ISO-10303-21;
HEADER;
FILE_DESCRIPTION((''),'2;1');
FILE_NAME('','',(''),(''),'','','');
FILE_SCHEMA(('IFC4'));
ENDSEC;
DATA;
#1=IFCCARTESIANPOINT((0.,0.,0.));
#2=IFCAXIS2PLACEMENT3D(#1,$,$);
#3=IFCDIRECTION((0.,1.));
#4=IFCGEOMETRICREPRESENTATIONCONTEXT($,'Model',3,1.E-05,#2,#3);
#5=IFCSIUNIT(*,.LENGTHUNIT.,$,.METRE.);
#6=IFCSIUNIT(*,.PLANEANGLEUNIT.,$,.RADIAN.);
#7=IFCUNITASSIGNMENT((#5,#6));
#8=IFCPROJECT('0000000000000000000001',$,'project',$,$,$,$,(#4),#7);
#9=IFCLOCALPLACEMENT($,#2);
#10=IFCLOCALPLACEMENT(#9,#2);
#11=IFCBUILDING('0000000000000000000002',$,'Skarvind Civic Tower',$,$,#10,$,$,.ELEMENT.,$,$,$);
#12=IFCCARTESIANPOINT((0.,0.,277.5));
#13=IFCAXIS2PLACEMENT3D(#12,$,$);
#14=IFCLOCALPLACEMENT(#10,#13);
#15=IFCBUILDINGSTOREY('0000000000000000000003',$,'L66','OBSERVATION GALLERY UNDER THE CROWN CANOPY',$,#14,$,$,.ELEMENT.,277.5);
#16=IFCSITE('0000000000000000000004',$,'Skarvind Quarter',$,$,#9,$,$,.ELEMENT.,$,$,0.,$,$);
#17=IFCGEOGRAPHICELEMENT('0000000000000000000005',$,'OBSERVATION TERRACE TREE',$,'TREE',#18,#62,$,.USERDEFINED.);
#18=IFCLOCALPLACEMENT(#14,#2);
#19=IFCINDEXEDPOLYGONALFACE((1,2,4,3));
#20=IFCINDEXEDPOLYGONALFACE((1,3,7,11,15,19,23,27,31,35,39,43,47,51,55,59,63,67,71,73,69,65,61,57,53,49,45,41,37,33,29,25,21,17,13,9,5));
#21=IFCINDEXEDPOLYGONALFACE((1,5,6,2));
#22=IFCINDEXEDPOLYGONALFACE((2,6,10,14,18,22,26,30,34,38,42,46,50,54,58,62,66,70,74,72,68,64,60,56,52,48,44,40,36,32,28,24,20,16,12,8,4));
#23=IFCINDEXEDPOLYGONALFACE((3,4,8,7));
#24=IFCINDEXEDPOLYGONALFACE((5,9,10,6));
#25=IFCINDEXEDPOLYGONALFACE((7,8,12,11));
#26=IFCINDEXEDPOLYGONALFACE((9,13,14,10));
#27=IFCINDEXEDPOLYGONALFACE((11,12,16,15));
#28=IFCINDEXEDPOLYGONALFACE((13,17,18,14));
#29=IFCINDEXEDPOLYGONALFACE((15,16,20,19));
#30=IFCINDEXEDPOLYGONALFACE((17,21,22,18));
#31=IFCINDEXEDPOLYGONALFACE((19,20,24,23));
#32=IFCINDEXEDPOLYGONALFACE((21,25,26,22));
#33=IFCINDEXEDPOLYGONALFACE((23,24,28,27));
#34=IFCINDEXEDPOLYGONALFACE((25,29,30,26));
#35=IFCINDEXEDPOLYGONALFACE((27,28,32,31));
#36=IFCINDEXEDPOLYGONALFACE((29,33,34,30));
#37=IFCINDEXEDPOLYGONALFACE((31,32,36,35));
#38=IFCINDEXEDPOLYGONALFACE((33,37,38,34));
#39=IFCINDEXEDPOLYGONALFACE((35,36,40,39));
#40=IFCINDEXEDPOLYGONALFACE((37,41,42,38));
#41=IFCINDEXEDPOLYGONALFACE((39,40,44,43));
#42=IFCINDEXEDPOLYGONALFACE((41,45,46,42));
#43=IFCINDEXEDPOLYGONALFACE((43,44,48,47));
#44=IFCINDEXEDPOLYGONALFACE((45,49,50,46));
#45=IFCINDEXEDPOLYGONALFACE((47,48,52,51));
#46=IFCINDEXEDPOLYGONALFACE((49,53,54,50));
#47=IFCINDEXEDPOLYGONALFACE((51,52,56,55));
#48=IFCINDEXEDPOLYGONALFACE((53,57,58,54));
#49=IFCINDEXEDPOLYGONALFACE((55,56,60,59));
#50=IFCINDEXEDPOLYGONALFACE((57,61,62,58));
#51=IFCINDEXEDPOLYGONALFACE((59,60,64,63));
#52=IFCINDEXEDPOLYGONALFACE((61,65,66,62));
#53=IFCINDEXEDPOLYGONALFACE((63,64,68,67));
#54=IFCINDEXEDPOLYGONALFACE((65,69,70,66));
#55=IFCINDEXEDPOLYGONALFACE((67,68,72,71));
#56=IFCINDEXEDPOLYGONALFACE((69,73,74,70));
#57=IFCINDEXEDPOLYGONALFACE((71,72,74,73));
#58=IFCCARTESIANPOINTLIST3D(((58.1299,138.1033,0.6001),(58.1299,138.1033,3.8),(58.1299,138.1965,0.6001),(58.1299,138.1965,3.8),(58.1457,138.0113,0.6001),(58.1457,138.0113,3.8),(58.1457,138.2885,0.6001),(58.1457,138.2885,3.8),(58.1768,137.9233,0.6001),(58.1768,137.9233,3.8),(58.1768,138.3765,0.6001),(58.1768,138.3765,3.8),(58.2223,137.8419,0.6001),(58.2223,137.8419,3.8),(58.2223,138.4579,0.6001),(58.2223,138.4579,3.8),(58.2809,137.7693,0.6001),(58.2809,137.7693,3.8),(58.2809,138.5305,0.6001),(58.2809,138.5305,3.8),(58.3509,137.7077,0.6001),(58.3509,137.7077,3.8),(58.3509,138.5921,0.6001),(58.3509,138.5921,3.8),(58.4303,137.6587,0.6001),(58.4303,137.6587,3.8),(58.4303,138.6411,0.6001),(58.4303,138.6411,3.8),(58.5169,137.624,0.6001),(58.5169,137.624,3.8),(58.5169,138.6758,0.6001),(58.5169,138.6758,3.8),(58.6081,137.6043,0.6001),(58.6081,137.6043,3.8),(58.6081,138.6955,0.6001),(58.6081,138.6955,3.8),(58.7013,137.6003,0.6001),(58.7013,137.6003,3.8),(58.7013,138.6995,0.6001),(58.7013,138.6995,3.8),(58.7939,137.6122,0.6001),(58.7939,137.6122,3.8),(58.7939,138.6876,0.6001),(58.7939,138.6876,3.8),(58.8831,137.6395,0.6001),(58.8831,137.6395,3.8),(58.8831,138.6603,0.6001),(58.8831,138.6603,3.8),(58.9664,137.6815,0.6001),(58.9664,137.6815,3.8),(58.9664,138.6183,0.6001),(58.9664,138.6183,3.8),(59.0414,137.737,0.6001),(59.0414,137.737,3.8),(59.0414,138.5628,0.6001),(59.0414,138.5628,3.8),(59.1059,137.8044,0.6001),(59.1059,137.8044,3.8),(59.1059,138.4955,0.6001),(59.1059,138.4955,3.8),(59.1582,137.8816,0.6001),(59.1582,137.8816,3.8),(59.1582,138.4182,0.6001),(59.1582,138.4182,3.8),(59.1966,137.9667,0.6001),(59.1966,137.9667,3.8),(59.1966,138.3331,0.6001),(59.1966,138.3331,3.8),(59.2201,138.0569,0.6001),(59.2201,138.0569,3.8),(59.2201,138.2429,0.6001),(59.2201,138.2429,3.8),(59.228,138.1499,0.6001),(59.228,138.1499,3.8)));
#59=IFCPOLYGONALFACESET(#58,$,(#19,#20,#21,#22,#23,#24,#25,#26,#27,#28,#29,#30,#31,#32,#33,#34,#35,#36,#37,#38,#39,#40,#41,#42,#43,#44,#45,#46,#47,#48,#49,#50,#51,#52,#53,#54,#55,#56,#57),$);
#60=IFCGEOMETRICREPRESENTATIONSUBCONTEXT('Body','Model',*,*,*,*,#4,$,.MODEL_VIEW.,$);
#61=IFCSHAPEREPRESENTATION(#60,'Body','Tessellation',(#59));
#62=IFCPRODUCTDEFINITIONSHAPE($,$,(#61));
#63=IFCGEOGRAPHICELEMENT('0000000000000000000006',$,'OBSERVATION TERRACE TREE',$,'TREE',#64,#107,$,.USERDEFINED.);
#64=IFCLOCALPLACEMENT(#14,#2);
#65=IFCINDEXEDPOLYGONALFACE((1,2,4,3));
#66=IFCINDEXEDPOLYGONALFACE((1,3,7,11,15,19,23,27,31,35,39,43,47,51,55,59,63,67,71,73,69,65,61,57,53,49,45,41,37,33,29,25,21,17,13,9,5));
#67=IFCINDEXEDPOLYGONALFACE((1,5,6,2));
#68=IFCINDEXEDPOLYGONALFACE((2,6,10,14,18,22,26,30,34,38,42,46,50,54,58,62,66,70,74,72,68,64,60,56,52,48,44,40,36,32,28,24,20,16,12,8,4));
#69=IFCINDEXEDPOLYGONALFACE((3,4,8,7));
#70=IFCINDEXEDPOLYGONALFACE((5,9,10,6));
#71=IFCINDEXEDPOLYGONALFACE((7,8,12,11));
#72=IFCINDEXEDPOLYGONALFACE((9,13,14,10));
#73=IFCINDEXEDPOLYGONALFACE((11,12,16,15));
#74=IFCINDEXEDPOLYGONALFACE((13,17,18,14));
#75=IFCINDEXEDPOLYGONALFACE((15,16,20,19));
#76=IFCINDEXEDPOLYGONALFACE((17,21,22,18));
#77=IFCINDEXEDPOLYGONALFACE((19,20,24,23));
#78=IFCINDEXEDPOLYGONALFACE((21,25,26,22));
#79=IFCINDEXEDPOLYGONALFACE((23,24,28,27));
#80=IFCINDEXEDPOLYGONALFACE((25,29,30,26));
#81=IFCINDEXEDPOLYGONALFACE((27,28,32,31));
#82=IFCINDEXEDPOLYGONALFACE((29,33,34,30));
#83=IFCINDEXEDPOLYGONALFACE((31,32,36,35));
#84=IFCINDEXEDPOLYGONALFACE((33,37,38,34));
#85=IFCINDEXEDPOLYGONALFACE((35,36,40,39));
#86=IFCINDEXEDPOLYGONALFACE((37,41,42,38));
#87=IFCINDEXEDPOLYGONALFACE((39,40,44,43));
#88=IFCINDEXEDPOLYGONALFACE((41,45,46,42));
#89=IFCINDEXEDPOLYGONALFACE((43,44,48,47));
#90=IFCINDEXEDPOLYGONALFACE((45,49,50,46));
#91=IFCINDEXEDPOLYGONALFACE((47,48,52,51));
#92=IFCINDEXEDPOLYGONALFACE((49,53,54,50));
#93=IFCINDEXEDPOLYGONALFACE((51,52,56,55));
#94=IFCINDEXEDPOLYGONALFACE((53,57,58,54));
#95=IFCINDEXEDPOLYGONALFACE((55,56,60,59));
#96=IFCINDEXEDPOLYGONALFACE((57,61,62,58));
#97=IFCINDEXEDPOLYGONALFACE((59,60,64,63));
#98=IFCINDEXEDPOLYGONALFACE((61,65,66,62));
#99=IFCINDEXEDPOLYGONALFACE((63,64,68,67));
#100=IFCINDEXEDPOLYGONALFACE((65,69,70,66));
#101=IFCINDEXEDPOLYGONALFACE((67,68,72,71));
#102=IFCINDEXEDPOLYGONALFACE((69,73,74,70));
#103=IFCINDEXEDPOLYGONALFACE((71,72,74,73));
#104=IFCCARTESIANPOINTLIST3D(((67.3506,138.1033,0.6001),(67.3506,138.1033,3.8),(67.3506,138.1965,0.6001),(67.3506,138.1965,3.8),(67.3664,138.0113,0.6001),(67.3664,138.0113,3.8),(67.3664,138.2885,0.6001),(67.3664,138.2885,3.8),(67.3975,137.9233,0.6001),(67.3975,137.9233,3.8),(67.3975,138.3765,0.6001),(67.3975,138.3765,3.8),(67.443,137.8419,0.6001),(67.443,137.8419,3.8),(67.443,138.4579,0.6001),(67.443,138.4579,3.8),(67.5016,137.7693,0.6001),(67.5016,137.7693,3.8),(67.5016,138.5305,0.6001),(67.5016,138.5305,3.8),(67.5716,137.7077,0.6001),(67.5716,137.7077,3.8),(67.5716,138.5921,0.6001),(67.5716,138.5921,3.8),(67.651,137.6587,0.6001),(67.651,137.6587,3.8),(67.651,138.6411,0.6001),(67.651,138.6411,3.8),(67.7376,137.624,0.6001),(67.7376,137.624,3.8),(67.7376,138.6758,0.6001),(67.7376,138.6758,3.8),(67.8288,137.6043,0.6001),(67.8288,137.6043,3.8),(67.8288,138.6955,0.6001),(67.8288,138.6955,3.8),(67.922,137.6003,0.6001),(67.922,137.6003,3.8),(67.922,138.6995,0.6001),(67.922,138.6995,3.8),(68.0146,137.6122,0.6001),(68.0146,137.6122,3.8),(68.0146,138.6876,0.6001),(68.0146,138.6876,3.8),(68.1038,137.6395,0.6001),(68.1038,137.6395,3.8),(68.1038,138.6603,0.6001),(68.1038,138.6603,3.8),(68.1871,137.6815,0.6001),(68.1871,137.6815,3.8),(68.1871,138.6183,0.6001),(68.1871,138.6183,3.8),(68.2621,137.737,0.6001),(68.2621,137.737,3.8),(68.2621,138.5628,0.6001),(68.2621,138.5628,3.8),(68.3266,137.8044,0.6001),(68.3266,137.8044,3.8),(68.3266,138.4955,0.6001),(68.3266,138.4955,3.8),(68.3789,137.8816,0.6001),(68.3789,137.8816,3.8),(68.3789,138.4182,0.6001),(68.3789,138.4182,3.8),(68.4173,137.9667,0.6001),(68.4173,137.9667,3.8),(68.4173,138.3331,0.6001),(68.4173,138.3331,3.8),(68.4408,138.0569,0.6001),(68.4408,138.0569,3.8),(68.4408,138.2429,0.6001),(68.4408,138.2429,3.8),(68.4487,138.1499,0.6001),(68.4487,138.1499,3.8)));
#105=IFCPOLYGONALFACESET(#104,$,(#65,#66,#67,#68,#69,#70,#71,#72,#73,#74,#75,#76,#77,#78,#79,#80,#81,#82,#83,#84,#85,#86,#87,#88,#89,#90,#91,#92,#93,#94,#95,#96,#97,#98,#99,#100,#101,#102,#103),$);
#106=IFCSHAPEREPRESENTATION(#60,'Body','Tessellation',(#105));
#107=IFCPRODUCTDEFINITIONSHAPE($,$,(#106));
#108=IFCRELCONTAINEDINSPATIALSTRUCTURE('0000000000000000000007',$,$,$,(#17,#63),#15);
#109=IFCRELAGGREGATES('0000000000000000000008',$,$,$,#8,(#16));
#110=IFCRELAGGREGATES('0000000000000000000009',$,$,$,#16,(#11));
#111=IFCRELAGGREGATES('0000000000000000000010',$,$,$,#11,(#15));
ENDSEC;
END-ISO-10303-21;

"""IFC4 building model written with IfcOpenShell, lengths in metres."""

from ifc_helpers import new_model, si_unit, direction, frame, origin, origin_2d, place, context, subcontext, project, spatial, circle, extrude, element, save


model = new_model("IFC4")

# Units and contexts
model_context = context("Model", 3, precision=1e-05, world=origin(), true_north=direction((0.0, 1.0)))
body_context = subcontext(model_context, "Body", "Model", "MODEL_VIEW")
ifc_project = project(units=[si_unit("LENGTHUNIT", "METRE"), si_unit("PLANEANGLEUNIT", "RADIAN")], contexts=[model_context])

# Site, building, storey
site_placement = place(None, origin())
site = spatial("IfcSite", under=ifc_project, at=site_placement, Name="Skarvind Quarter", CompositionType="ELEMENT", RefElevation=0.0)
building_placement = place(site_placement, origin())
building = spatial("IfcBuilding", under=site, at=building_placement, Name="Skarvind Civic Tower", CompositionType="ELEMENT")
storey_placement = place(building_placement, frame((0.0, 0.0, 277.5)))
storey = spatial("IfcBuildingStorey", under=building, at=storey_placement, Name="L66", Description="OBSERVATION GALLERY UNDER THE CROWN CANOPY", CompositionType="ELEMENT", Elevation=277.5)

# Geographic elements
for number, where, z_axis, x_axis, name in (
    (1, (58.678, 138.1499, 0.6001), (0.0, 0.0, 1.0), (1.0, 0.0, 0.0), "OBSERVATION TERRACE TREE"),
    (2, (67.8987, 138.1499, 0.6001), (0.0, 0.0, 1.0), (1.0, 0.0, 0.0), "OBSERVATION TERRACE TREE"),
):
    element("IfcGeographicElement", number, at=place(storey_placement, frame(where, z_axis=z_axis, x_axis=x_axis)), inside=storey, Name=name, ObjectType="TREE", PredefinedType="USERDEFINED", context=body_context, shape_type="SweptSolid", body=[
        extrude(circle(Radius=0.55, at=origin_2d()), origin(), (0.0, 0.0, 1.0), 3.2),
    ])

save(model, "model.ifc")
